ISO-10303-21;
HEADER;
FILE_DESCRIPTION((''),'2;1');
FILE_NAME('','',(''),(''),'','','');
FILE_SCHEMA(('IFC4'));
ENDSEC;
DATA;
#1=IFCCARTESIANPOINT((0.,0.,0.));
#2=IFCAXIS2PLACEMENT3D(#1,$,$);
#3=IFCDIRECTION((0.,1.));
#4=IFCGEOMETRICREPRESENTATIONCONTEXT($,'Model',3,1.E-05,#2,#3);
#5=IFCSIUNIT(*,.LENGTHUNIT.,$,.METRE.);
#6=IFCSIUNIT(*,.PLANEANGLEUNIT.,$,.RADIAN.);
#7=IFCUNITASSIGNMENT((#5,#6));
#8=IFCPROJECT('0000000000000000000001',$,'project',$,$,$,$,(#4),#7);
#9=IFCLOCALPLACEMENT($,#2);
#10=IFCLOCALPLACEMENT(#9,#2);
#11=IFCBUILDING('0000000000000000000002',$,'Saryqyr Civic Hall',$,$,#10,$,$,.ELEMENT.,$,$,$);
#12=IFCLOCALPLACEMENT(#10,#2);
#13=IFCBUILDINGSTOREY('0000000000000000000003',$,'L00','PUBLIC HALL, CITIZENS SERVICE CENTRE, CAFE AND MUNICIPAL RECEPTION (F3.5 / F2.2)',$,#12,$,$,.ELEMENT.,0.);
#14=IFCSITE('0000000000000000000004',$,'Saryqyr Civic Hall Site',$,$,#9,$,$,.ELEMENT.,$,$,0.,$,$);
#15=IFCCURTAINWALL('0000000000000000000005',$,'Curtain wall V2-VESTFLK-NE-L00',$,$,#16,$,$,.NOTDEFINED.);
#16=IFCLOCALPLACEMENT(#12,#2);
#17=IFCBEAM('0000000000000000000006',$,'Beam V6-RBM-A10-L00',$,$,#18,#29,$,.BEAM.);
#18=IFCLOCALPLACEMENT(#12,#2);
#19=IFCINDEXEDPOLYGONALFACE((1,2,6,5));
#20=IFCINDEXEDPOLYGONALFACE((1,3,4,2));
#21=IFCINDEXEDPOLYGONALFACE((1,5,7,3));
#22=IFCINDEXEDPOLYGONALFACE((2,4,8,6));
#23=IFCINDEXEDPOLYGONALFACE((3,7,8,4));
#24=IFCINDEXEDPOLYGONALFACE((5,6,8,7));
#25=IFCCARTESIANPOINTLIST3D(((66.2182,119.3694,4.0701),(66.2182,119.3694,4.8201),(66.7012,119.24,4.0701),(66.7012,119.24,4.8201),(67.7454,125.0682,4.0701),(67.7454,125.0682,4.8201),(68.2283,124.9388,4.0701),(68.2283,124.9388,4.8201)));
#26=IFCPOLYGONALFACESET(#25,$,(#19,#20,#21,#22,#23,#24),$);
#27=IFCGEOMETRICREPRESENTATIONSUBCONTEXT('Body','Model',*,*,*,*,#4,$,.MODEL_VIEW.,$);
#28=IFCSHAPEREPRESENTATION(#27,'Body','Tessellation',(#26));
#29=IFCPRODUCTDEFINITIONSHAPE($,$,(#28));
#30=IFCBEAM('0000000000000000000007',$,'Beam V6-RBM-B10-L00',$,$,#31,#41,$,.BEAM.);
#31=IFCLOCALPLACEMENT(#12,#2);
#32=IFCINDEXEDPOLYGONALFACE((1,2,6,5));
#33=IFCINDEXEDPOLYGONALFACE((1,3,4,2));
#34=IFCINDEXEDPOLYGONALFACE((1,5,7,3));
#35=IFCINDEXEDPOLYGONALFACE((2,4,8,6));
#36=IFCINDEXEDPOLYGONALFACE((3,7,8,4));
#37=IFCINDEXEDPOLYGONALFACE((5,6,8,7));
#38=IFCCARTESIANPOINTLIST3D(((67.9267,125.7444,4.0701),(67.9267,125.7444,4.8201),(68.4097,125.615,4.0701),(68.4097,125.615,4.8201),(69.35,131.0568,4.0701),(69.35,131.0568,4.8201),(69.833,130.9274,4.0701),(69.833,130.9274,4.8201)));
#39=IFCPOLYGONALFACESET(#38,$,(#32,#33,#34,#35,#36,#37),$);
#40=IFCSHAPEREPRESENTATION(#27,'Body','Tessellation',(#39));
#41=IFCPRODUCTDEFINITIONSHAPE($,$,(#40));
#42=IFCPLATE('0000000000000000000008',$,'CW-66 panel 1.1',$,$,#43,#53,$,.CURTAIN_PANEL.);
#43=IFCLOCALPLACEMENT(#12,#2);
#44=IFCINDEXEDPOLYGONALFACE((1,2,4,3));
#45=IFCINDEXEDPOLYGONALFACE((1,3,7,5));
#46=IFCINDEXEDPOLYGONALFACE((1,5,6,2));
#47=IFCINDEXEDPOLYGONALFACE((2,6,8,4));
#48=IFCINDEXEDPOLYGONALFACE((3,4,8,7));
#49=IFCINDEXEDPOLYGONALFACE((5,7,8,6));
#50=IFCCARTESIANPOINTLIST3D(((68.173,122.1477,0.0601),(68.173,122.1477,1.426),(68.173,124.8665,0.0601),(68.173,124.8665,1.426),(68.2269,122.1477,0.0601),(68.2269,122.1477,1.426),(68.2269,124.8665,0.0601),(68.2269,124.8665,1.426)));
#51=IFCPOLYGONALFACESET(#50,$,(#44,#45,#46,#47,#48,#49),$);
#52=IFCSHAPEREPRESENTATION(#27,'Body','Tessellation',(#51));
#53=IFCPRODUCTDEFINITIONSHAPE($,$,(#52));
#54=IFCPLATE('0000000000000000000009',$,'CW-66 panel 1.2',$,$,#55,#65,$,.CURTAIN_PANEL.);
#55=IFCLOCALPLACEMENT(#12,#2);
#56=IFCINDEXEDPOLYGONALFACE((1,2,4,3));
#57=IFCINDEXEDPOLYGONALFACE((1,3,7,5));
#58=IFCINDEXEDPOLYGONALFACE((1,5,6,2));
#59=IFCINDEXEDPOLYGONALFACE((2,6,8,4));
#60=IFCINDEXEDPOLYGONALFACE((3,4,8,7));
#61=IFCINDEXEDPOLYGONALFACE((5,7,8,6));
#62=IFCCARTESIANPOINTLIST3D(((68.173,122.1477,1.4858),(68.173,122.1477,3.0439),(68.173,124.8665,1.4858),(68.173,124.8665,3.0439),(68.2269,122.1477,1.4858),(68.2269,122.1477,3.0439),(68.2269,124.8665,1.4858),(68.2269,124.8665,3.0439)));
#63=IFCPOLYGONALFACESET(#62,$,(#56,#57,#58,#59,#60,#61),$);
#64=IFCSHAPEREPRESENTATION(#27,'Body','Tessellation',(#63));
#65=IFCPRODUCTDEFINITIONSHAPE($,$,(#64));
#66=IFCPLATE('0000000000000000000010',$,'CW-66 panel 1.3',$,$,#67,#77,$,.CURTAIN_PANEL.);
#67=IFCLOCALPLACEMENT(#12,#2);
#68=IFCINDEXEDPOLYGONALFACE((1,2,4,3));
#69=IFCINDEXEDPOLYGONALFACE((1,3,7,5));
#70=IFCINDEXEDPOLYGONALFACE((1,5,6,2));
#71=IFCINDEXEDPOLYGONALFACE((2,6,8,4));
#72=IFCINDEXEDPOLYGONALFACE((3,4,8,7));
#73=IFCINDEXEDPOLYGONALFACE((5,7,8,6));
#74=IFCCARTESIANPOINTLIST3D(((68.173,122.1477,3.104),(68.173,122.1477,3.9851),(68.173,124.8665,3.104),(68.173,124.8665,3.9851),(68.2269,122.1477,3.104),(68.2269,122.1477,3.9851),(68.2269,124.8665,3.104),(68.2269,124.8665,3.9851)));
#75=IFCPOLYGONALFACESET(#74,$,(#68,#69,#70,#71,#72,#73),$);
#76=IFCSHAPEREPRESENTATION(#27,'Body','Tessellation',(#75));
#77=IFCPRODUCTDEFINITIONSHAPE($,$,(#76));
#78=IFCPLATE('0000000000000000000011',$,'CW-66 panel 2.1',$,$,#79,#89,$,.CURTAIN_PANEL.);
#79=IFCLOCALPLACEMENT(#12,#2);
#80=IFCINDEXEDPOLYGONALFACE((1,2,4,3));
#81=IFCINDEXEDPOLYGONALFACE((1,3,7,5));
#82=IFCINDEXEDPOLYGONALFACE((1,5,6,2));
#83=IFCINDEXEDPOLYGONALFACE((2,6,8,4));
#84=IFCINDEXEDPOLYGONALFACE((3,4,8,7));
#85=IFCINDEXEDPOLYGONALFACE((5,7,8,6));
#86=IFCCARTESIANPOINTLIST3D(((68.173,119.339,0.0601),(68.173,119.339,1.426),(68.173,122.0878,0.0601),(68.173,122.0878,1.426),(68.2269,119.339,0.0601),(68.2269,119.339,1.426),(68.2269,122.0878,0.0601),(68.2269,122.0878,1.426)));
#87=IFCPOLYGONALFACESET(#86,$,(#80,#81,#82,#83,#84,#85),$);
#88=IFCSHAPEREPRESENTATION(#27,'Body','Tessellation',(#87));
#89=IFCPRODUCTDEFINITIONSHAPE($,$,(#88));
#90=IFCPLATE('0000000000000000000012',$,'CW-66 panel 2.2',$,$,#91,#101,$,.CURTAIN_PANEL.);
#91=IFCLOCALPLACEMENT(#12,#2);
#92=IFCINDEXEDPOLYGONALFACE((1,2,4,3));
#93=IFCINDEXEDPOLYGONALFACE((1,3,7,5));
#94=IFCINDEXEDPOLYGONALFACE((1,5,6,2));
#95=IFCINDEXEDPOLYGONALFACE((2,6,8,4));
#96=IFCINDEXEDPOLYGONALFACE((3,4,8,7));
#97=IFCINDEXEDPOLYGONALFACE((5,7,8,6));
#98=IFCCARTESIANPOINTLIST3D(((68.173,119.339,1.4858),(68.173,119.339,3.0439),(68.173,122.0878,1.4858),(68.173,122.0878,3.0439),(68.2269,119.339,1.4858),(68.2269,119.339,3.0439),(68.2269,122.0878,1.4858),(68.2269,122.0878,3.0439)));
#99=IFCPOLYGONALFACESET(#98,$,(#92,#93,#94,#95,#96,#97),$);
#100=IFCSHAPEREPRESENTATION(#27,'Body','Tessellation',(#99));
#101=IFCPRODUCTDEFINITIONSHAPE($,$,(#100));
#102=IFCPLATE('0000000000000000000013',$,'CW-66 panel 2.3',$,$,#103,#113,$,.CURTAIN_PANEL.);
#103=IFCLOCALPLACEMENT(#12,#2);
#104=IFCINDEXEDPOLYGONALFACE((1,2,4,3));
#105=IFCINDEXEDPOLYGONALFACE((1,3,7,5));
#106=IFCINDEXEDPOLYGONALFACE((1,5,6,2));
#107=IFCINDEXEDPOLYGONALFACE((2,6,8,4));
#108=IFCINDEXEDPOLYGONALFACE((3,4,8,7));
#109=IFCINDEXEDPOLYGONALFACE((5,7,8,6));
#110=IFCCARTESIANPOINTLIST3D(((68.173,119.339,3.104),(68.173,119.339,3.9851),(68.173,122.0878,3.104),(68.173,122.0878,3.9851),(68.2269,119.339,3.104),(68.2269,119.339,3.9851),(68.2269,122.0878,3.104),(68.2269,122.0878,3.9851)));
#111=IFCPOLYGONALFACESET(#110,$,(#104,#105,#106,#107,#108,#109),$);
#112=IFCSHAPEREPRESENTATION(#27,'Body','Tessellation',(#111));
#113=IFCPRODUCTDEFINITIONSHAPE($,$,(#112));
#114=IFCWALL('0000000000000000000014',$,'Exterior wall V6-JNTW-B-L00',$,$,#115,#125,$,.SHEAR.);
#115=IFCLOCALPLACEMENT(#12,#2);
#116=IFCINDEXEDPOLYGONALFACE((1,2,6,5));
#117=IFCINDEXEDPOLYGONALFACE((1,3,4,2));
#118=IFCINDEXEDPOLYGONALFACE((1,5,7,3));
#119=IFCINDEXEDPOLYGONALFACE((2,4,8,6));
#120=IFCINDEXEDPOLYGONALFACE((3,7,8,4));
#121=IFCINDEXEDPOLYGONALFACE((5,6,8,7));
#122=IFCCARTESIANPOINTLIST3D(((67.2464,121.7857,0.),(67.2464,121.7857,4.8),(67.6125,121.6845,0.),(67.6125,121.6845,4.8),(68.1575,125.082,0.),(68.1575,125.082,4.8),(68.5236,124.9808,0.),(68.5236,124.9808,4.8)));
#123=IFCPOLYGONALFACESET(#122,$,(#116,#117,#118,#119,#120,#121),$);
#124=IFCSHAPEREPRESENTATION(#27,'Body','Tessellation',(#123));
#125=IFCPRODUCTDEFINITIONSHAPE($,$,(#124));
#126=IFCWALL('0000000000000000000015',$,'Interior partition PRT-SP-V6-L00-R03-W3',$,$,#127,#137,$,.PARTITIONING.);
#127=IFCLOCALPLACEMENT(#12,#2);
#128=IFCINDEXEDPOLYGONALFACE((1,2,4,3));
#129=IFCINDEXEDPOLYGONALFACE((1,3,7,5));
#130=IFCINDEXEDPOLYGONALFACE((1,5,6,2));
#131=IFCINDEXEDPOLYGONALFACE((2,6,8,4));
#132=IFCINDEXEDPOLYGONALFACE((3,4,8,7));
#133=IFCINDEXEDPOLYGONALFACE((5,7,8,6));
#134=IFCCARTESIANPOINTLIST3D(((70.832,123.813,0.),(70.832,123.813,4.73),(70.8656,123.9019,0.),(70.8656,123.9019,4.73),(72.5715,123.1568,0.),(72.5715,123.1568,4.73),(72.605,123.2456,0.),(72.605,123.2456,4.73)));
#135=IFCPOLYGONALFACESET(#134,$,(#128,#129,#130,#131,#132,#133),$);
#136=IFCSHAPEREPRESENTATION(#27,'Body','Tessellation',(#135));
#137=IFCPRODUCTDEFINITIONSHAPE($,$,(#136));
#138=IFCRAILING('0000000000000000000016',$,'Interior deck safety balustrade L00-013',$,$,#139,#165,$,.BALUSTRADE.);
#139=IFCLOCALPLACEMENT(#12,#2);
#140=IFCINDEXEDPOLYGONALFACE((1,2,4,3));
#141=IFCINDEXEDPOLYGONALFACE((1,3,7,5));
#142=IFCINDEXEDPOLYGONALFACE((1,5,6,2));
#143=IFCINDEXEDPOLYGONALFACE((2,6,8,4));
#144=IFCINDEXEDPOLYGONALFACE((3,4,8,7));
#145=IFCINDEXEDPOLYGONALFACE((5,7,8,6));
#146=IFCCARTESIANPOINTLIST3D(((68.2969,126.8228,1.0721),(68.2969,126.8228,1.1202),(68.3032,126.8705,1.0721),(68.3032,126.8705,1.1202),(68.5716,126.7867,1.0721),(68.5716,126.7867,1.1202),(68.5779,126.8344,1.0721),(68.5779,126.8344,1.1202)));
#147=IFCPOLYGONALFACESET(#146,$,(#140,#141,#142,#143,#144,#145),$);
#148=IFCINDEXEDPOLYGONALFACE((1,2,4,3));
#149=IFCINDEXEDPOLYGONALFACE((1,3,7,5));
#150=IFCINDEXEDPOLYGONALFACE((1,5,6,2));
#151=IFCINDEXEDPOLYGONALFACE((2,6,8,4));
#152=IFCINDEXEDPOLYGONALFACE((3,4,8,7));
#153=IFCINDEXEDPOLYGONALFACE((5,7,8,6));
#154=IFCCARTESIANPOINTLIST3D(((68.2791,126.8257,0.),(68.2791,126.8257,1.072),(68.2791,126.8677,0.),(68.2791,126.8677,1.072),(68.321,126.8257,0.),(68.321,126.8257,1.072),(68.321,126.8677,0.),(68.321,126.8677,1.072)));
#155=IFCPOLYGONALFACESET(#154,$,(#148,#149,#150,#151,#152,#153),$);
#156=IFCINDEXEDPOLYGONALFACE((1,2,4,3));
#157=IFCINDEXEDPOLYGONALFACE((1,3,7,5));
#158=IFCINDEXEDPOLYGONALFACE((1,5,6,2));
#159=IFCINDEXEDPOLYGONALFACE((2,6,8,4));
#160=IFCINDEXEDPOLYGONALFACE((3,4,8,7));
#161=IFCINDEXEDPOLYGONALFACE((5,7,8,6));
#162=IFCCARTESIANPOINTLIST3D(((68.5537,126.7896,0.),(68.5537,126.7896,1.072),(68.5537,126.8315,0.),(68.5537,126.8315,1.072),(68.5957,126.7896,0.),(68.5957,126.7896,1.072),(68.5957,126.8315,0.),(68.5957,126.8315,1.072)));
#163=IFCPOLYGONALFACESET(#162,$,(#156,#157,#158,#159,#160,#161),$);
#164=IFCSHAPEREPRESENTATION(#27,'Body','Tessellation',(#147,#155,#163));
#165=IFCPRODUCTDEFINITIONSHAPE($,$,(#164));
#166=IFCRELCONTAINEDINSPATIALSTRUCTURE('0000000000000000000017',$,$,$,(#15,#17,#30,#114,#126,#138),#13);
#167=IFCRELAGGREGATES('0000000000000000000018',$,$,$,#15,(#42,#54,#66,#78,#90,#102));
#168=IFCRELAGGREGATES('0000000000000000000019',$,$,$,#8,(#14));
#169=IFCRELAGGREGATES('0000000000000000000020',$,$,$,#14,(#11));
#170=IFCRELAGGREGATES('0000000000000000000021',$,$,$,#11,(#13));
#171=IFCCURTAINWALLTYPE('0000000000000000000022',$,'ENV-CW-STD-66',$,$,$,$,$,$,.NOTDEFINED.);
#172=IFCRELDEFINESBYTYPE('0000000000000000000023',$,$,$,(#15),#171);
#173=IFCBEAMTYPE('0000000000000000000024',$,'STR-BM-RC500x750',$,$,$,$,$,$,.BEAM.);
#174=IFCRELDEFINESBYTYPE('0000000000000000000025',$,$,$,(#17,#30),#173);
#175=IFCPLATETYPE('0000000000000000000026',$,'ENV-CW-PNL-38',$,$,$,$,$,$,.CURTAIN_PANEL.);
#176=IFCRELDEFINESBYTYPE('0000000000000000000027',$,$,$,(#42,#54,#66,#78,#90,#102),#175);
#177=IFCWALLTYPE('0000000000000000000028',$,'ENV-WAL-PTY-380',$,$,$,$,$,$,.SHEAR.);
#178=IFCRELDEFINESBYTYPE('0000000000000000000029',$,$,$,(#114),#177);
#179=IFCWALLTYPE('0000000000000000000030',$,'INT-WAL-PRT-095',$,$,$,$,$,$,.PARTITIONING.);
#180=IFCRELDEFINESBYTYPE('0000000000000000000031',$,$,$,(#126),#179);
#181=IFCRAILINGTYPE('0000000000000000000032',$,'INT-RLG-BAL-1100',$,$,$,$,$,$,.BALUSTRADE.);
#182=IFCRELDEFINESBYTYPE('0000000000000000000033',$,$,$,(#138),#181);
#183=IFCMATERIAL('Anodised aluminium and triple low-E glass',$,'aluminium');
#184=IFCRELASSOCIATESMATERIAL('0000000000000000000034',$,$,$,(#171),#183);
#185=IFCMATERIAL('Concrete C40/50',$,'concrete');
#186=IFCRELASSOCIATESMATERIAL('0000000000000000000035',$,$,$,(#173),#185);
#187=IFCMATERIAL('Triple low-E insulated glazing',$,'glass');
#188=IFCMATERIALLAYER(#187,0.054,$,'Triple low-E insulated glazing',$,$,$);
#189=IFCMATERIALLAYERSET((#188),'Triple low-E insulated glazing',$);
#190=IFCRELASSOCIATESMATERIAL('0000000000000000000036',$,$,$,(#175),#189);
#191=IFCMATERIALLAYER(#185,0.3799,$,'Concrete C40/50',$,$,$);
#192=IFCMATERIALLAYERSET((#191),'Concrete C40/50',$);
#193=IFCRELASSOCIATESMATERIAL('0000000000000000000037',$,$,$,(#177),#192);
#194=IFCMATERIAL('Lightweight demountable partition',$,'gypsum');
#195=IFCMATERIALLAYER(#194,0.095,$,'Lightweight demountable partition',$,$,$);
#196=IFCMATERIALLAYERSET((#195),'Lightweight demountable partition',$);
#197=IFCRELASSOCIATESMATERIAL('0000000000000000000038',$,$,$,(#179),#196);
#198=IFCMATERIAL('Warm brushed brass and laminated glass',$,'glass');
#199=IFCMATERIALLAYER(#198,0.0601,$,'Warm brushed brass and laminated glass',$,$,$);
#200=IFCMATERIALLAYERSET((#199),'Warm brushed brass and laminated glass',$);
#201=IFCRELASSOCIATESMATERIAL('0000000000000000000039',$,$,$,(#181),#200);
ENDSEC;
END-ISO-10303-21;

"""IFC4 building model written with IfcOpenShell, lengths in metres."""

from ifc_helpers import new_model, si_unit, direction, frame, frame_2d, origin, origin_2d, place, context, subcontext, project, spatial, rectangle, extrude, material, layer, layer_set, material_profile, profile_set, type_object, element, aggregate, save


model = new_model("IFC4")

# Units and contexts
model_context = context("Model", 3, precision=1e-05, world=origin(), true_north=direction((0.0, 1.0)))
body_context = subcontext(model_context, "Body", "Model", "MODEL_VIEW")
ifc_project = project(units=[si_unit("LENGTHUNIT", "METRE"), si_unit("PLANEANGLEUNIT", "RADIAN")], contexts=[model_context])

# Site, building, storey
site_placement = place(None, origin())
site = spatial("IfcSite", under=ifc_project, at=site_placement, Name="Saryqyr Civic Hall Site", CompositionType="ELEMENT", RefElevation=0.0)
building_placement = place(site_placement, origin())
building = spatial("IfcBuilding", under=site, at=building_placement, Name="Saryqyr Civic Hall", CompositionType="ELEMENT")
storey_placement = place(building_placement, origin())
storey = spatial("IfcBuildingStorey", under=building, at=storey_placement, Name="L00", Description="PUBLIC HALL, CITIZENS SERVICE CENTRE, CAFE AND MUNICIPAL RECEPTION (F3.5 / F2.2)", CompositionType="ELEMENT", Elevation=0.0)

# Shared definitions
ifc_material_1 = material(Name="Concrete C40/50", Category="concrete")

# Curtain wall
ifc_material_2 = material(Name="Anodised aluminium and triple low-E glass", Category="aluminium")
curtain_wall_type_1 = type_object("IfcCurtainWallType", Name="ENV-CW-STD-66", PredefinedType="NOTDEFINED", material=ifc_material_2)
curtain_wall_1_placement = place(storey_placement, origin())
curtain_wall_1 = element("IfcCurtainWall", 1, at=curtain_wall_1_placement, inside=storey, type_object=curtain_wall_type_1, Name="Curtain wall V2-VESTFLK-NE-L00", PredefinedType="NOTDEFINED")

# Beams
ifc_material_profile_1 = material_profile(ifc_material_1, rectangle(XDim=0.5, YDim=0.75, at=origin_2d()), Name="RC 500x750")
ifc_profile_set_1 = profile_set([ifc_material_profile_1], Name="Concrete C40/50")
beam_type_1 = type_object("IfcBeamType", Name="STR-BM-RC500x750", PredefinedType="BEAM", material=ifc_profile_set_1)
beam_1_placement = place(storey_placement, frame((66.4597, 119.3047, 4.4451), z_axis=(0.25884, 0.96592, 0.0), x_axis=(-0.96592, 0.25884, 0.0)))
element("IfcBeam", 2, at=beam_1_placement, inside=storey, type_object=beam_type_1, Name="Beam V6-RBM-A10-L00", PredefinedType="BEAM", context=body_context, shape_type="SweptSolid", body=[
    extrude(rectangle(XDim=0.5, YDim=0.75, at=origin_2d()), origin(), (0.0, 0.0, 1.0), 5.8999),
])
beam_2_placement = place(storey_placement, frame((68.1682, 125.6797, 4.4451), z_axis=(0.258795, 0.965932, 0.0), x_axis=(-0.965932, 0.258795, 0.0)))
element("IfcBeam", 3, at=beam_2_placement, inside=storey, type_object=beam_type_1, Name="Beam V6-RBM-B10-L00", PredefinedType="BEAM", context=body_context, shape_type="SweptSolid", body=[
    extrude(rectangle(XDim=0.5, YDim=0.75, at=origin_2d()), origin(), (0.0, 0.0, 1.0), 5.4998),
])

# Plates
ifc_material_3 = material(Name="Triple low-E insulated glazing", Category="glass")
ifc_layer_1 = layer(ifc_material_3, 0.054, Name="Triple low-E insulated glazing")
ifc_layer_set_1 = layer_set([ifc_layer_1], Name="Triple low-E insulated glazing")
plate_type = type_object("IfcPlateType", Name="ENV-CW-PNL-38", PredefinedType="CURTAIN_PANEL", material=ifc_layer_set_1)
plate_1_placement = place(storey_placement, frame((68.2, 123.5071, 0.0601), z_axis=(0.0, 0.0, 1.0), x_axis=(0.0, -1.0, 0.0)))
plate_1 = element("IfcPlate", 4, at=plate_1_placement, type_object=plate_type, Name="CW-66 panel 1.1", PredefinedType="CURTAIN_PANEL", context=body_context, shape_type="SweptSolid", body=[
    extrude(rectangle(XDim=2.7188, YDim=0.054, at=origin_2d()), origin(), (0.0, 0.0, 1.0), 1.366),
])
plate_2_placement = place(storey_placement, frame((68.2, 123.5071, 1.4858), z_axis=(0.0, 0.0, 1.0), x_axis=(0.0, -1.0, 0.0)))
plate_2 = element("IfcPlate", 5, at=plate_2_placement, type_object=plate_type, Name="CW-66 panel 1.2", PredefinedType="CURTAIN_PANEL", context=body_context, shape_type="SweptSolid", body=[
    extrude(rectangle(XDim=2.7188, YDim=0.054, at=origin_2d()), origin(), (0.0, 0.0, 1.0), 1.5581),
])
plate_3_placement = place(storey_placement, frame((68.2, 123.5071, 3.104), z_axis=(0.0, 0.0, 1.0), x_axis=(0.0, -1.0, 0.0)))
plate_3 = element("IfcPlate", 6, at=plate_3_placement, type_object=plate_type, Name="CW-66 panel 1.3", PredefinedType="CURTAIN_PANEL", context=body_context, shape_type="SweptSolid", body=[
    extrude(rectangle(XDim=2.7188, YDim=0.054, at=origin_2d()), origin(), (0.0, 0.0, 1.0), 0.8811),
])
plate_4_placement = place(storey_placement, frame((68.2, 120.7134, 0.0601), z_axis=(0.0, 0.0, 1.0), x_axis=(0.0, -1.0, 0.0)))
plate_4 = element("IfcPlate", 7, at=plate_4_placement, type_object=plate_type, Name="CW-66 panel 2.1", PredefinedType="CURTAIN_PANEL", context=body_context, shape_type="SweptSolid", body=[
    extrude(rectangle(XDim=2.7488, YDim=0.054, at=origin_2d()), origin(), (0.0, 0.0, 1.0), 1.366),
])
plate_5_placement = place(storey_placement, frame((68.2, 120.7134, 1.4858), z_axis=(0.0, 0.0, 1.0), x_axis=(0.0, -1.0, 0.0)))
plate_5 = element("IfcPlate", 8, at=plate_5_placement, type_object=plate_type, Name="CW-66 panel 2.2", PredefinedType="CURTAIN_PANEL", context=body_context, shape_type="SweptSolid", body=[
    extrude(rectangle(XDim=2.7488, YDim=0.054, at=origin_2d()), origin(), (0.0, 0.0, 1.0), 1.5581),
])
plate_6_placement = place(storey_placement, frame((68.2, 120.7134, 3.104), z_axis=(0.0, 0.0, 1.0), x_axis=(0.0, -1.0, 0.0)))
plate_6 = element("IfcPlate", 9, at=plate_6_placement, type_object=plate_type, Name="CW-66 panel 2.3", PredefinedType="CURTAIN_PANEL", context=body_context, shape_type="SweptSolid", body=[
    extrude(rectangle(XDim=2.7488, YDim=0.054, at=origin_2d()), origin(), (0.0, 0.0, 1.0), 0.8811),
])
aggregate(curtain_wall_1, [plate_1, plate_2, plate_3, plate_4, plate_5, plate_6])

# Walls
ifc_layer_2 = layer(ifc_material_1, 0.3799, Name="Concrete C40/50")
ifc_layer_set_2 = layer_set([ifc_layer_2], Name="Concrete C40/50")
wall_type_1 = type_object("IfcWallType", Name="ENV-WAL-PTY-380", PredefinedType="SHEAR", material=ifc_layer_set_2)
wall_1_placement = place(storey_placement, frame((67.4294, 121.7351, 0.0), z_axis=(0.0, 0.0, 1.0), x_axis=(0.266414, 0.963859, 0.0)))
element("IfcWall", 10, at=wall_1_placement, inside=storey, type_object=wall_type_1, Name="Exterior wall V6-JNTW-B-L00", PredefinedType="SHEAR", context=body_context, shape_type="SweptSolid", body=[
    extrude(rectangle(XDim=3.4199, YDim=0.3799, at=frame_2d((1.71, 0.0))), origin(), (0.0, 0.0, 1.0), 4.8),
])
ifc_material_4 = material(Name="Lightweight demountable partition", Category="gypsum")
ifc_layer_3 = layer(ifc_material_4, 0.095, Name="Lightweight demountable partition")
ifc_layer_set_3 = layer_set([ifc_layer_3], Name="Lightweight demountable partition")
wall_type_2 = type_object("IfcWallType", Name="INT-WAL-PRT-095", PredefinedType="PARTITIONING", material=ifc_layer_set_3)
wall_2_placement = place(storey_placement, frame((72.5884, 123.2012, 0.0), z_axis=(0.0, 0.0, 1.0), x_axis=(-0.935631, 0.352979, 0.0)))
element("IfcWall", 11, at=wall_2_placement, inside=storey, type_object=wall_type_2, Name="Interior partition PRT-SP-V6-L00-R03-W3", PredefinedType="PARTITIONING", context=body_context, shape_type="SweptSolid", body=[
    extrude(rectangle(XDim=1.8591, YDim=0.095, at=frame_2d((0.9297, 0.0))), origin(), (0.0, 0.0, 1.0), 4.73),
])

# Railing
ifc_material_5 = material(Name="Warm brushed brass and laminated glass", Category="glass")
ifc_layer_4 = layer(ifc_material_5, 0.0601, Name="Warm brushed brass and laminated glass")
ifc_layer_set_4 = layer_set([ifc_layer_4], Name="Warm brushed brass and laminated glass")
railing_type = type_object("IfcRailingType", Name="INT-RLG-BAL-1100", PredefinedType="BALUSTRADE", material=ifc_layer_set_4)
railing_1_placement = place(storey_placement, frame((68.3, 126.8467, 0.0)))
element("IfcRailing", 12, at=railing_1_placement, inside=storey, type_object=railing_type, Name="Interior deck safety balustrade L00-013", PredefinedType="BALUSTRADE", context=body_context, shape_type="SweptSolid", body=[
    extrude(rectangle(XDim=0.0481, YDim=0.0481, at=origin_2d()), frame((0.0, 0.0, 1.0962), z_axis=(0.991457, -0.130432, 0.0), x_axis=(0.130432, 0.991457, 0.0)), (0.0, 0.0, 1.0), 0.2771),
    extrude(rectangle(XDim=0.042, YDim=0.042, at=origin_2d()), origin(), (0.0, 0.0, 1.0), 1.072),
    extrude(rectangle(XDim=0.042, YDim=0.042, at=origin_2d()), frame((0.2747, -0.0361, 0.0)), (0.0, 0.0, 1.0), 1.072),
])

save(model, "model.ifc")
